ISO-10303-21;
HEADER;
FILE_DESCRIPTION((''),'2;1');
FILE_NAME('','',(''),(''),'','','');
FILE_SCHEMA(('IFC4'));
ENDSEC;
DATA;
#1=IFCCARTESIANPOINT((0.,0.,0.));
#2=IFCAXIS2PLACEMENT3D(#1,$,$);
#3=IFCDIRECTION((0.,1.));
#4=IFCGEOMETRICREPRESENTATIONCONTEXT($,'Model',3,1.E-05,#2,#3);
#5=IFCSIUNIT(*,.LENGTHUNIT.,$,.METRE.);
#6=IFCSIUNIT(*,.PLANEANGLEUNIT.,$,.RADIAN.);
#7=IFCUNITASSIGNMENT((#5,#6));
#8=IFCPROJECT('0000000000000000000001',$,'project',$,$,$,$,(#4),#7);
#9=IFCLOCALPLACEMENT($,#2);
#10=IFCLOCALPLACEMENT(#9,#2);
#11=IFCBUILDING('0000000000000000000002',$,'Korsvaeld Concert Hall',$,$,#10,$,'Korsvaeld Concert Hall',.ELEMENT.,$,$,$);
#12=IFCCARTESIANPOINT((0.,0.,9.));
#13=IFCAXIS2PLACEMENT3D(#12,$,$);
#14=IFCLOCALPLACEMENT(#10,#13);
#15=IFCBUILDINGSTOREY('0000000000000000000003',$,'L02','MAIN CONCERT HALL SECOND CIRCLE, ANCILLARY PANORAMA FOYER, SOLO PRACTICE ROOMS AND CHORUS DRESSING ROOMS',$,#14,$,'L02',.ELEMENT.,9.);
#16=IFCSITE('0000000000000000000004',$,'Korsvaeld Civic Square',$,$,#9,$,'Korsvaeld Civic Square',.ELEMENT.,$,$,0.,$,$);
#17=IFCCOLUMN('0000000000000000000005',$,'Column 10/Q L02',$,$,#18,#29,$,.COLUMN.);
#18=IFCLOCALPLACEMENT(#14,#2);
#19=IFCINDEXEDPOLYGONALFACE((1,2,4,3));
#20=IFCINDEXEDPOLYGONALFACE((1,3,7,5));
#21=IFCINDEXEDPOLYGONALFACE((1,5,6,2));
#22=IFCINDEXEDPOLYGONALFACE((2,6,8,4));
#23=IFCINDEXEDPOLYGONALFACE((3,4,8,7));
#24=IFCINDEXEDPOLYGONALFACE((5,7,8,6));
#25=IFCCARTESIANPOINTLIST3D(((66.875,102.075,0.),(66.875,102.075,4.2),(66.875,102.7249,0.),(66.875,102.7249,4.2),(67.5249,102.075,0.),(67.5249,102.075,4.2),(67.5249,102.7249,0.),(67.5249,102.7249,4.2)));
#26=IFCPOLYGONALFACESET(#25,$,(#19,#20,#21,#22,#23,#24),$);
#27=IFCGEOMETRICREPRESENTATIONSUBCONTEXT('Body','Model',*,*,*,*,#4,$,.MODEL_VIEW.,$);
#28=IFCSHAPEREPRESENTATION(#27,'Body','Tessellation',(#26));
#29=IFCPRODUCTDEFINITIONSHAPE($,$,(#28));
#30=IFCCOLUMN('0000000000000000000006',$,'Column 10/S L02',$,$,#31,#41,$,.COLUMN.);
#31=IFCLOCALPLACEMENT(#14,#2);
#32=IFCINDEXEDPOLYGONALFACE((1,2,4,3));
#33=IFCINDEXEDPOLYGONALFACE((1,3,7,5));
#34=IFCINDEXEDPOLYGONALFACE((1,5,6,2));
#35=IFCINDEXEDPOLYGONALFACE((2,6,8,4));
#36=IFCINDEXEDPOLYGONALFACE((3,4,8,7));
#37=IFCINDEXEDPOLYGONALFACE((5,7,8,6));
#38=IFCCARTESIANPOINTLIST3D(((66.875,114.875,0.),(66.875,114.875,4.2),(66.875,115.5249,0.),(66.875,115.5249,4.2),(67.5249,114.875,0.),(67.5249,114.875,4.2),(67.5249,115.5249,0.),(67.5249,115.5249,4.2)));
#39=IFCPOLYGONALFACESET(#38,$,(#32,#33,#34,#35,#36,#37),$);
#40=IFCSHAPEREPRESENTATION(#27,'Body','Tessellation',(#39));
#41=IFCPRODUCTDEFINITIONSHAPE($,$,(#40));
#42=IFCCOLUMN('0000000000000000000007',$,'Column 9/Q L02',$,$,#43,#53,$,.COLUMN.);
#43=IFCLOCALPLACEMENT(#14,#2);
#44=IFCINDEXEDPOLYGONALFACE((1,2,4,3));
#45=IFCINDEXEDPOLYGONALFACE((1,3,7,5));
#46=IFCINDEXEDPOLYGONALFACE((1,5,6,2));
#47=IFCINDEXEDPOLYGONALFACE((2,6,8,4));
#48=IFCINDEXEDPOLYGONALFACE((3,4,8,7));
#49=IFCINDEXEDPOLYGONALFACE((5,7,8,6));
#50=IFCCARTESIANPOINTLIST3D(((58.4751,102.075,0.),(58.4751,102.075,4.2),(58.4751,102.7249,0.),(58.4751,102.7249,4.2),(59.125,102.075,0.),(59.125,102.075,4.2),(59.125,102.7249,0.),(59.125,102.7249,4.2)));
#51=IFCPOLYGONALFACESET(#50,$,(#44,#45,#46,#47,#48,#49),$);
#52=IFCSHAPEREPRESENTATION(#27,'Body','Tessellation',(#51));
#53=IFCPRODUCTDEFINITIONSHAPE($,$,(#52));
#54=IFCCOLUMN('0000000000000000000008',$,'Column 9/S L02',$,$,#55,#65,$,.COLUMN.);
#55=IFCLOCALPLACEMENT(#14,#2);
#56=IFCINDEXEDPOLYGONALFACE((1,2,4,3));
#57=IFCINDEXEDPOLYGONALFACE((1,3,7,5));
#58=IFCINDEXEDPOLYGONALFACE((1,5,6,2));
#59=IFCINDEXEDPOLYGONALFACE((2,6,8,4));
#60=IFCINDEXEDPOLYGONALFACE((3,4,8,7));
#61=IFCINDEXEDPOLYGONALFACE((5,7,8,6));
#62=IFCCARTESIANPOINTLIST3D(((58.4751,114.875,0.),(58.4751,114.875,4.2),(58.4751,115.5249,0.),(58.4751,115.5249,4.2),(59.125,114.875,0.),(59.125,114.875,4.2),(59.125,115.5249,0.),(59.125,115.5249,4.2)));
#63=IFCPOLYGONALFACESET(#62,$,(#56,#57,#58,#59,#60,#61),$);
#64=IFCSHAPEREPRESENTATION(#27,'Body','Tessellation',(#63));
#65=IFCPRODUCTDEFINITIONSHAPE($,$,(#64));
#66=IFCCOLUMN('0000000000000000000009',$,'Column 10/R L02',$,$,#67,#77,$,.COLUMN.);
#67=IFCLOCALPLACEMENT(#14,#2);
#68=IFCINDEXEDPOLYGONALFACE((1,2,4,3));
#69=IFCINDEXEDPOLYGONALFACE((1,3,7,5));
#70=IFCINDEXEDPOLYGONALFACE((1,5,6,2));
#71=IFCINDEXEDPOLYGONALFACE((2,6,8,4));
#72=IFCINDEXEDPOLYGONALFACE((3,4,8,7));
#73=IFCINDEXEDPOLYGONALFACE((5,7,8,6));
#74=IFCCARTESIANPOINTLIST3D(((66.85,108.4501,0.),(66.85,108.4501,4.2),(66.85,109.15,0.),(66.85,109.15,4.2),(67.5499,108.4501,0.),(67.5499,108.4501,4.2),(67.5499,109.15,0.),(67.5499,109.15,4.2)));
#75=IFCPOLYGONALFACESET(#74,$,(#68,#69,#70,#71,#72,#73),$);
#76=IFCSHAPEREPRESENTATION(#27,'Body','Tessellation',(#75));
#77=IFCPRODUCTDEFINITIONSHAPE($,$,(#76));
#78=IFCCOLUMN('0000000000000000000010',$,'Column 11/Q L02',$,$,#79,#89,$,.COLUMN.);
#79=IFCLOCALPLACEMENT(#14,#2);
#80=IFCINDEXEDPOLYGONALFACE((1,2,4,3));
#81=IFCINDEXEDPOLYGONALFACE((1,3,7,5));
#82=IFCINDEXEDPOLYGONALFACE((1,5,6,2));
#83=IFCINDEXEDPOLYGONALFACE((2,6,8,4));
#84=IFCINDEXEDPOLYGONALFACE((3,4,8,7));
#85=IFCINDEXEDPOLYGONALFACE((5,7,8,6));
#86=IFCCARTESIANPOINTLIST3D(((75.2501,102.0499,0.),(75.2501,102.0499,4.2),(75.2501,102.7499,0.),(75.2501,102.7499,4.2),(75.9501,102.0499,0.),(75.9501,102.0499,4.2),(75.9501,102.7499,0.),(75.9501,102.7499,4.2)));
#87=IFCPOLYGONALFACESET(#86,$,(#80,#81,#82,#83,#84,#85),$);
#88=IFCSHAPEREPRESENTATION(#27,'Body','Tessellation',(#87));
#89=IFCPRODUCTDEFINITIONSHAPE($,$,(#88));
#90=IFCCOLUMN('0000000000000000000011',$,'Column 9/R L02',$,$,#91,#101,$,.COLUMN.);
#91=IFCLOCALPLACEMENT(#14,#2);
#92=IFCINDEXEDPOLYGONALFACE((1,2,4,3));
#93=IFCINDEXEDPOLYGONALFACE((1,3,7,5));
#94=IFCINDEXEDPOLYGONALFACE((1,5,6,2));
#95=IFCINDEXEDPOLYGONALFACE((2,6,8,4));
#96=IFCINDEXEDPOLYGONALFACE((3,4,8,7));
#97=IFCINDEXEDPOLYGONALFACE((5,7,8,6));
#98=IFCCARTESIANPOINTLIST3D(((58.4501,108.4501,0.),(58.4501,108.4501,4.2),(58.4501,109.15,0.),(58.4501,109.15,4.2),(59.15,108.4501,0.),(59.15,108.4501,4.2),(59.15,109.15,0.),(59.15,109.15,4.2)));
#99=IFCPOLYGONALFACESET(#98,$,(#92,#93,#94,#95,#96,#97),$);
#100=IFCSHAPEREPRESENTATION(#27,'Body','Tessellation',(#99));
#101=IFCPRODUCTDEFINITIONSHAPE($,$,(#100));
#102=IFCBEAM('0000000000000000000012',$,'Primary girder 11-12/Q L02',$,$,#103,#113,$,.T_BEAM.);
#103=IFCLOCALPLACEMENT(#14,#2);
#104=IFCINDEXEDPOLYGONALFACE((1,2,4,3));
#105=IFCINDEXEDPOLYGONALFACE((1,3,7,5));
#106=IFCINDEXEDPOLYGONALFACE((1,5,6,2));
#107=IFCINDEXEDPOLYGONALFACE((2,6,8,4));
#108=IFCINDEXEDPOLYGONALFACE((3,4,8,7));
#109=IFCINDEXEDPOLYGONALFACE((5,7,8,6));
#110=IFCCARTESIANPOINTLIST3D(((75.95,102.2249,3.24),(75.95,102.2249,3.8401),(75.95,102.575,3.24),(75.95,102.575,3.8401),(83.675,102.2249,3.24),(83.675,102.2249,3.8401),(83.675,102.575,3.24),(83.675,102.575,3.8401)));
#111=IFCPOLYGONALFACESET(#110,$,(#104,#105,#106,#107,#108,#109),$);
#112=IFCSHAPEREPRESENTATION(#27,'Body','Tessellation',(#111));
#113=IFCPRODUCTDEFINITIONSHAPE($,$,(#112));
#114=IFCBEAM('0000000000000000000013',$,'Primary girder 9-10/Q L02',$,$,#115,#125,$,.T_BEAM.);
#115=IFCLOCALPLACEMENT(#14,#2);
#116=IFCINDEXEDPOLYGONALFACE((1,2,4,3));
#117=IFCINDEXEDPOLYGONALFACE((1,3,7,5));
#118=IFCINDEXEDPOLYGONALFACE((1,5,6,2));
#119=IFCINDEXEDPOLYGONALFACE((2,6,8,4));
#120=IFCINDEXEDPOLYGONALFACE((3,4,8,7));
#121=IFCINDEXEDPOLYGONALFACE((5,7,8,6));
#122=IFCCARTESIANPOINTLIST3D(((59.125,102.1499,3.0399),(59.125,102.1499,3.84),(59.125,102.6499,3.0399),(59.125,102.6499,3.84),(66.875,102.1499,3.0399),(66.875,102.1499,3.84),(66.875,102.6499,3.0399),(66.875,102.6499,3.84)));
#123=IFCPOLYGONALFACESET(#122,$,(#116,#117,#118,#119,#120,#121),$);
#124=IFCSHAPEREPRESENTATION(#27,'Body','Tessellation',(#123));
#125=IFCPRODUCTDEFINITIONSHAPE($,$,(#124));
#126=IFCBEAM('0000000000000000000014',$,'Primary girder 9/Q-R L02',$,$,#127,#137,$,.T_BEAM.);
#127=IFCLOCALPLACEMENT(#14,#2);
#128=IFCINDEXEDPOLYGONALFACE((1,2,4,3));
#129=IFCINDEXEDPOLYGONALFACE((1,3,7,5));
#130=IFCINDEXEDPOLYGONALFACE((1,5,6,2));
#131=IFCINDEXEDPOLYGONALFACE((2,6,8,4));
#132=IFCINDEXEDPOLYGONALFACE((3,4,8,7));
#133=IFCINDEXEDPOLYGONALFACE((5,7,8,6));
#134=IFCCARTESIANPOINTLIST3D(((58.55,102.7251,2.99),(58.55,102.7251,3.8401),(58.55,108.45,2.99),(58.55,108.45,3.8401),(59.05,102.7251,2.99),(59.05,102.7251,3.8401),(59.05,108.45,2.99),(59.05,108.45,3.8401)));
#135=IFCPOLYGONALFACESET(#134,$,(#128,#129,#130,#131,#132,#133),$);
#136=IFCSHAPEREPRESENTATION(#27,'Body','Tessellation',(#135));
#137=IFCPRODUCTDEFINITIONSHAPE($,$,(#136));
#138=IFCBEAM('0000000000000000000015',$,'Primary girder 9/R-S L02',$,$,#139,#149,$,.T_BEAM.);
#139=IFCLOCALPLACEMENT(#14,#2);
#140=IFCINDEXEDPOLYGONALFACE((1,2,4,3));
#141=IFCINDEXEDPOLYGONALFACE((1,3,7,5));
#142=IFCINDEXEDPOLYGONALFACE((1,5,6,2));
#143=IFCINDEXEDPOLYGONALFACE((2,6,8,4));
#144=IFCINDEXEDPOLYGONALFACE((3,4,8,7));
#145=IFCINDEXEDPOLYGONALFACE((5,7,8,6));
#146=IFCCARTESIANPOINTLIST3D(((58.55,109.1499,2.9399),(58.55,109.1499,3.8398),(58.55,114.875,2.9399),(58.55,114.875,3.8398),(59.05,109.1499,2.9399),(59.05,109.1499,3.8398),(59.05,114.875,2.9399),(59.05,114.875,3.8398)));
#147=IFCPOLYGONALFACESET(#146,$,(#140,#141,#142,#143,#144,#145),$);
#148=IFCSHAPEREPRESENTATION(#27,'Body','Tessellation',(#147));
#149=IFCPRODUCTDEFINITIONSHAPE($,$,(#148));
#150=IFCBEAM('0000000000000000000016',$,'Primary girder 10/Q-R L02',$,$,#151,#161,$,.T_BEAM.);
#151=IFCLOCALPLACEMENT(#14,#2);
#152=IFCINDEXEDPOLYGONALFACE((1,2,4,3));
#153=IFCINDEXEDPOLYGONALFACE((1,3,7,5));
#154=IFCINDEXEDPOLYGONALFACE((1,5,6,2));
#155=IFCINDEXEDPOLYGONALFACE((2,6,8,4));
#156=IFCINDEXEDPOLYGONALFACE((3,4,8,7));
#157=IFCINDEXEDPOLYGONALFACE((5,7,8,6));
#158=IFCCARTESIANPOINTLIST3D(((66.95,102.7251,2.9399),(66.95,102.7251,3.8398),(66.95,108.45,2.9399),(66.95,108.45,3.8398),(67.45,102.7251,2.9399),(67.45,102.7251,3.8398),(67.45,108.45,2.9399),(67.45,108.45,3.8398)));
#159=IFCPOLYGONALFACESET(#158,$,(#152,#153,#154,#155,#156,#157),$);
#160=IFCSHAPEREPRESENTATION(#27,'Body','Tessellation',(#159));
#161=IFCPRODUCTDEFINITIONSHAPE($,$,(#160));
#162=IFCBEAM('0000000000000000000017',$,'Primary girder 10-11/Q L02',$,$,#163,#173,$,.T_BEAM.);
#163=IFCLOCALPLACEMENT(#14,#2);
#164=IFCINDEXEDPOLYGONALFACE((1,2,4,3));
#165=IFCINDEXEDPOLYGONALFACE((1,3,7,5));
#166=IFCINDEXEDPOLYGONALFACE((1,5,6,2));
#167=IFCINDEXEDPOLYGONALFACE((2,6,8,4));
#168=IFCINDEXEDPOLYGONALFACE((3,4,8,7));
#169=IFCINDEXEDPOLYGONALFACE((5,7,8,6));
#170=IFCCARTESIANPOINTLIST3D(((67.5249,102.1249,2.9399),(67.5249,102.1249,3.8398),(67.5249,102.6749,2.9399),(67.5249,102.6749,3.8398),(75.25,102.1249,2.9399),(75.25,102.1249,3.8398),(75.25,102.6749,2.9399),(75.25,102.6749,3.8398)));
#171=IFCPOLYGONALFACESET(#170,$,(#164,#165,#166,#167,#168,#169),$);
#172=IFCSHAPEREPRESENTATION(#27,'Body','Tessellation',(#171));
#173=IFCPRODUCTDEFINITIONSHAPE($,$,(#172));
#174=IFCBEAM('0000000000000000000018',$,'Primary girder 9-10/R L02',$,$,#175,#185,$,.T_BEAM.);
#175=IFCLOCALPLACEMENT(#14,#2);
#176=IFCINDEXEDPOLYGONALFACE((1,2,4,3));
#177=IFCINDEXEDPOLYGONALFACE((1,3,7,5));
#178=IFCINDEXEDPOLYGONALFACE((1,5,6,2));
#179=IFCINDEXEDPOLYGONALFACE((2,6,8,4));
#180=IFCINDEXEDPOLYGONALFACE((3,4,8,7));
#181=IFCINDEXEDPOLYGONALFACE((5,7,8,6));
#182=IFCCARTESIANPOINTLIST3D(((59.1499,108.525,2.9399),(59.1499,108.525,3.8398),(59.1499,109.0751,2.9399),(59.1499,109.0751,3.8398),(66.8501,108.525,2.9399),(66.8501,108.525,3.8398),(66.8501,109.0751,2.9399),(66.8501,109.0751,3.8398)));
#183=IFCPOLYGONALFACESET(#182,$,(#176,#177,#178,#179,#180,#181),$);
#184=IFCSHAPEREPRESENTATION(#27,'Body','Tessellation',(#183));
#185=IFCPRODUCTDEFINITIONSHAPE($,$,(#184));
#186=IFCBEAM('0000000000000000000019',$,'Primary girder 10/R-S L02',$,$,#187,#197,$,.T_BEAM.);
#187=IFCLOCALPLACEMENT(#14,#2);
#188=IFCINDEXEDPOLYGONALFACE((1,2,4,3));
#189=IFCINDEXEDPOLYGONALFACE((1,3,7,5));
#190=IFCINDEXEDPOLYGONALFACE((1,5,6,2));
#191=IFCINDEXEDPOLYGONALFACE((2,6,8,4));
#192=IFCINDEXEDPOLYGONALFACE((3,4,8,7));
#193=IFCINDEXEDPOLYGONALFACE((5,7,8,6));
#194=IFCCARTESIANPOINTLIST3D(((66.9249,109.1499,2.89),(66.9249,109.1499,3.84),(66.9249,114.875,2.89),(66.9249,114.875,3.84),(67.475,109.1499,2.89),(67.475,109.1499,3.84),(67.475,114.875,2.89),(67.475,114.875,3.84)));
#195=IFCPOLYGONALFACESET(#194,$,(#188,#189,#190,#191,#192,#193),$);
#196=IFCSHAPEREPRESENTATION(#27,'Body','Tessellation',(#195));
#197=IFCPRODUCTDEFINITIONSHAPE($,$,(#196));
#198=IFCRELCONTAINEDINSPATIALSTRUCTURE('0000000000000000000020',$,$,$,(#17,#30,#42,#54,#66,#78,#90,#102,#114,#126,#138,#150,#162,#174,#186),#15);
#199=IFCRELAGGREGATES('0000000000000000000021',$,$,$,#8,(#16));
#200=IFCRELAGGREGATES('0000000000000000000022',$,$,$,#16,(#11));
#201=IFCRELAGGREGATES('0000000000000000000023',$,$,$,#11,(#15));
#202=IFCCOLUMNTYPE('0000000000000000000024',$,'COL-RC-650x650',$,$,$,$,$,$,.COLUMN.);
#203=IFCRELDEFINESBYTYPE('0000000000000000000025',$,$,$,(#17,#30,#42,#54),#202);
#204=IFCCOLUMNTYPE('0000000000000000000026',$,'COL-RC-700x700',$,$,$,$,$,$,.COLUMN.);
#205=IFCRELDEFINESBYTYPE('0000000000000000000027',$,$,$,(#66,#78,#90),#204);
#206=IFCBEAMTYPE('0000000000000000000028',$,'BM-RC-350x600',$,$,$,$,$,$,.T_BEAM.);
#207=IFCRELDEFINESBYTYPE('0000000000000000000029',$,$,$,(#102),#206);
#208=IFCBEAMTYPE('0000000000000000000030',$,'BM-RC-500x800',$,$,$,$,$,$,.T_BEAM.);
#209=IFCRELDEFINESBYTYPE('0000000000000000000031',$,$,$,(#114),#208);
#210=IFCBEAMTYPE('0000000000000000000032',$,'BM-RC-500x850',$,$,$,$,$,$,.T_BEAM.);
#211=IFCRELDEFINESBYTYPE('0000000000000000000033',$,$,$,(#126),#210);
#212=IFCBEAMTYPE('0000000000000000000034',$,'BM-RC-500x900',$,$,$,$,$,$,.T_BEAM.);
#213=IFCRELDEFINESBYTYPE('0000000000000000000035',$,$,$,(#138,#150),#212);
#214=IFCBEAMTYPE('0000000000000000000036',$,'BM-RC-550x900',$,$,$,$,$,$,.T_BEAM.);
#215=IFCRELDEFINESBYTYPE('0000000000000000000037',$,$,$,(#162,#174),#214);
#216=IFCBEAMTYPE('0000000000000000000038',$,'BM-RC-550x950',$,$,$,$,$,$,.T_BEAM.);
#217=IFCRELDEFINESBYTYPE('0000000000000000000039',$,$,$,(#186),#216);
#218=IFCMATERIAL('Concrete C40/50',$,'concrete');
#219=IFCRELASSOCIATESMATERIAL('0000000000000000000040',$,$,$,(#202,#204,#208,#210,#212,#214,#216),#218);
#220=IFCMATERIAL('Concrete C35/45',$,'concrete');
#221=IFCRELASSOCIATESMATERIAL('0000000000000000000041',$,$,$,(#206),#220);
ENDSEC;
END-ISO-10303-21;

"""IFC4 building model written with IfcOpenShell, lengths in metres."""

from ifc_helpers import new_model, si_unit, direction, frame, origin, origin_2d, place, context, subcontext, project, spatial, rectangle, extrude, material, material_profile, profile_set, type_object, element, save


model = new_model("IFC4")

# Units and contexts
model_context = context("Model", 3, precision=1e-05, world=origin(), true_north=direction((0.0, 1.0)))
body_context = subcontext(model_context, "Body", "Model", "MODEL_VIEW")
ifc_project = project(units=[si_unit("LENGTHUNIT", "METRE"), si_unit("PLANEANGLEUNIT", "RADIAN")], contexts=[model_context])

# Site, building, storey
site_placement = place(None, origin())
site = spatial("IfcSite", under=ifc_project, at=site_placement, Name="Korsvaeld Civic Square", LongName="Korsvaeld Civic Square", CompositionType="ELEMENT", RefElevation=0.0)
building_placement = place(site_placement, origin())
building = spatial("IfcBuilding", under=site, at=building_placement, Name="Korsvaeld Concert Hall", LongName="Korsvaeld Concert Hall", CompositionType="ELEMENT")
storey_placement = place(building_placement, frame((0.0, 0.0, 9.0)))
storey = spatial("IfcBuildingStorey", under=building, at=storey_placement, Name="L02", Description="MAIN CONCERT HALL SECOND CIRCLE, ANCILLARY PANORAMA FOYER, SOLO PRACTICE ROOMS AND CHORUS DRESSING ROOMS", LongName="L02", CompositionType="ELEMENT", Elevation=9.0)

# Columns
ifc_material_1 = material(Name="Concrete C40/50", Category="concrete")
ifc_material_profile_1 = material_profile(ifc_material_1, rectangle(XDim=0.6499, YDim=0.6499, at=origin_2d()), Name="RC 650x650")
ifc_profile_set_1 = profile_set([ifc_material_profile_1], Name="Concrete C40/50")
column_type_1 = type_object("IfcColumnType", Name="COL-RC-650x650", PredefinedType="COLUMN", material=ifc_profile_set_1)
for number, where, z_axis, x_axis, name in (
    (1, (67.2, 102.3999, 0.0), (0.0, 0.0, 1.0), (1.0, 0.0, 0.0), "Column 10/Q L02"),
    (2, (67.2, 115.2, 0.0), (0.0, 0.0, 1.0), (1.0, 0.0, 0.0), "Column 10/S L02"),
    (3, (58.8, 102.3999, 0.0), (0.0, 0.0, 1.0), (1.0, 0.0, 0.0), "Column 9/Q L02"),
    (4, (58.8, 115.2, 0.0), (0.0, 0.0, 1.0), (1.0, 0.0, 0.0), "Column 9/S L02"),
):
    element("IfcColumn", number, at=place(storey_placement, frame(where, z_axis=z_axis, x_axis=x_axis)), inside=storey, type_object=column_type_1, Name=name, PredefinedType="COLUMN", context=body_context, shape_type="SweptSolid", body=[
        extrude(rectangle(XDim=0.6499, YDim=0.6499, at=origin_2d()), origin(), (0.0, 0.0, 1.0), 4.2),
    ])
ifc_material_profile_2 = material_profile(ifc_material_1, rectangle(XDim=0.7, YDim=0.7, at=origin_2d()), Name="RC 700x700")
ifc_profile_set_2 = profile_set([ifc_material_profile_2], Name="Concrete C40/50")
column_type_2 = type_object("IfcColumnType", Name="COL-RC-700x700", PredefinedType="COLUMN", material=ifc_profile_set_2)
for number, where, z_axis, x_axis, name in (
    (5, (67.2, 108.8, 0.0), (0.0, 0.0, 1.0), (1.0, 0.0, 0.0), "Column 10/R L02"),
    (6, (75.6001, 102.3999, 0.0), (0.0, 0.0, 1.0), (1.0, 0.0, 0.0), "Column 11/Q L02"),
    (7, (58.8, 108.8, 0.0), (0.0, 0.0, 1.0), (1.0, 0.0, 0.0), "Column 9/R L02"),
):
    element("IfcColumn", number, at=place(storey_placement, frame(where, z_axis=z_axis, x_axis=x_axis)), inside=storey, type_object=column_type_2, Name=name, PredefinedType="COLUMN", context=body_context, shape_type="SweptSolid", body=[
        extrude(rectangle(XDim=0.7, YDim=0.7, at=origin_2d()), origin(), (0.0, 0.0, 1.0), 4.2),
    ])

# Beams
ifc_material_2 = material(Name="Concrete C35/45", Category="concrete")
ifc_material_profile_3 = material_profile(ifc_material_2, rectangle(XDim=0.3501, YDim=0.6001, at=origin_2d()), Name="RC 350x600")
ifc_profile_set_3 = profile_set([ifc_material_profile_3], Name="Concrete C35/45")
beam_type_1 = type_object("IfcBeamType", Name="BM-RC-350x600", PredefinedType="T_BEAM", material=ifc_profile_set_3)
beam_1_placement = place(storey_placement, frame((75.95, 102.3999, 3.54), z_axis=(1.0, 0.0, 0.0), x_axis=(0.0, 1.0, 0.0)))
element("IfcBeam", 8, at=beam_1_placement, inside=storey, type_object=beam_type_1, Name="Primary girder 11-12/Q L02", PredefinedType="T_BEAM", context=body_context, shape_type="SweptSolid", body=[
    extrude(rectangle(XDim=0.3501, YDim=0.6001, at=origin_2d()), origin(), (0.0, 0.0, 1.0), 7.7251),
])
ifc_material_profile_4 = material_profile(ifc_material_1, rectangle(XDim=0.5, YDim=0.8, at=origin_2d()), Name="RC 500x800")
ifc_profile_set_4 = profile_set([ifc_material_profile_4], Name="Concrete C40/50")
beam_type_2 = type_object("IfcBeamType", Name="BM-RC-500x800", PredefinedType="T_BEAM", material=ifc_profile_set_4)
beam_2_placement = place(storey_placement, frame((59.125, 102.3999, 3.4399), z_axis=(1.0, 0.0, 0.0), x_axis=(0.0, 1.0, 0.0)))
element("IfcBeam", 9, at=beam_2_placement, inside=storey, type_object=beam_type_2, Name="Primary girder 9-10/Q L02", PredefinedType="T_BEAM", context=body_context, shape_type="SweptSolid", body=[
    extrude(rectangle(XDim=0.5, YDim=0.8, at=origin_2d()), origin(), (0.0, 0.0, 1.0), 7.75),
])
ifc_material_profile_5 = material_profile(ifc_material_1, rectangle(XDim=0.5, YDim=0.8501, at=origin_2d()), Name="RC 500x850")
ifc_profile_set_5 = profile_set([ifc_material_profile_5], Name="Concrete C40/50")
beam_type_3 = type_object("IfcBeamType", Name="BM-RC-500x850", PredefinedType="T_BEAM", material=ifc_profile_set_5)
beam_3_placement = place(storey_placement, frame((58.8, 102.7251, 3.415), z_axis=(0.0, 1.0, 0.0), x_axis=(-1.0, 0.0, 0.0)))
element("IfcBeam", 10, at=beam_3_placement, inside=storey, type_object=beam_type_3, Name="Primary girder 9/Q-R L02", PredefinedType="T_BEAM", context=body_context, shape_type="SweptSolid", body=[
    extrude(rectangle(XDim=0.5, YDim=0.8501, at=origin_2d()), origin(), (0.0, 0.0, 1.0), 5.7249),
])
ifc_material_profile_6 = material_profile(ifc_material_1, rectangle(XDim=0.5, YDim=0.8999, at=origin_2d()), Name="RC 500x900")
ifc_profile_set_6 = profile_set([ifc_material_profile_6], Name="Concrete C40/50")
beam_type_4 = type_object("IfcBeamType", Name="BM-RC-500x900", PredefinedType="T_BEAM", material=ifc_profile_set_6)
beam_4_placement = place(storey_placement, frame((58.8, 109.1499, 3.3899), z_axis=(0.0, 1.0, 0.0), x_axis=(-1.0, 0.0, 0.0)))
element("IfcBeam", 11, at=beam_4_placement, inside=storey, type_object=beam_type_4, Name="Primary girder 9/R-S L02", PredefinedType="T_BEAM", context=body_context, shape_type="SweptSolid", body=[
    extrude(rectangle(XDim=0.5, YDim=0.8999, at=origin_2d()), origin(), (0.0, 0.0, 1.0), 5.7251),
])
beam_5_placement = place(storey_placement, frame((67.2, 102.7251, 3.3899), z_axis=(0.0, 1.0, 0.0), x_axis=(-1.0, 0.0, 0.0)))
element("IfcBeam", 12, at=beam_5_placement, inside=storey, type_object=beam_type_4, Name="Primary girder 10/Q-R L02", PredefinedType="T_BEAM", context=body_context, shape_type="SweptSolid", body=[
    extrude(rectangle(XDim=0.5, YDim=0.8999, at=origin_2d()), origin(), (0.0, 0.0, 1.0), 5.7249),
])
ifc_material_profile_7 = material_profile(ifc_material_1, rectangle(XDim=0.55, YDim=0.8999, at=origin_2d()), Name="RC 550x900")
ifc_profile_set_7 = profile_set([ifc_material_profile_7], Name="Concrete C40/50")
beam_type_5 = type_object("IfcBeamType", Name="BM-RC-550x900", PredefinedType="T_BEAM", material=ifc_profile_set_7)
beam_6_placement = place(storey_placement, frame((67.5249, 102.3999, 3.3899), z_axis=(1.0, 0.0, 0.0), x_axis=(0.0, 1.0, 0.0)))
element("IfcBeam", 13, at=beam_6_placement, inside=storey, type_object=beam_type_5, Name="Primary girder 10-11/Q L02", PredefinedType="T_BEAM", context=body_context, shape_type="SweptSolid", body=[
    extrude(rectangle(XDim=0.55, YDim=0.8999, at=origin_2d()), origin(), (0.0, 0.0, 1.0), 7.7251),
])
beam_7_placement = place(storey_placement, frame((59.1499, 108.8, 3.3899), z_axis=(1.0, 0.0, 0.0), x_axis=(0.0, 1.0, 0.0)))
element("IfcBeam", 14, at=beam_7_placement, inside=storey, type_object=beam_type_5, Name="Primary girder 9-10/R L02", PredefinedType="T_BEAM", context=body_context, shape_type="SweptSolid", body=[
    extrude(rectangle(XDim=0.55, YDim=0.8999, at=origin_2d()), origin(), (0.0, 0.0, 1.0), 7.7002),
])
ifc_material_profile_8 = material_profile(ifc_material_1, rectangle(XDim=0.55, YDim=0.95, at=origin_2d()), Name="RC 550x950")
ifc_profile_set_8 = profile_set([ifc_material_profile_8], Name="Concrete C40/50")
beam_type_6 = type_object("IfcBeamType", Name="BM-RC-550x950", PredefinedType="T_BEAM", material=ifc_profile_set_8)
beam_8_placement = place(storey_placement, frame((67.2, 109.1499, 3.365), z_axis=(0.0, 1.0, 0.0), x_axis=(-1.0, 0.0, 0.0)))
element("IfcBeam", 15, at=beam_8_placement, inside=storey, type_object=beam_type_6, Name="Primary girder 10/R-S L02", PredefinedType="T_BEAM", context=body_context, shape_type="SweptSolid", body=[
    extrude(rectangle(XDim=0.55, YDim=0.95, at=origin_2d()), origin(), (0.0, 0.0, 1.0), 5.7251),
])

save(model, "model.ifc")
